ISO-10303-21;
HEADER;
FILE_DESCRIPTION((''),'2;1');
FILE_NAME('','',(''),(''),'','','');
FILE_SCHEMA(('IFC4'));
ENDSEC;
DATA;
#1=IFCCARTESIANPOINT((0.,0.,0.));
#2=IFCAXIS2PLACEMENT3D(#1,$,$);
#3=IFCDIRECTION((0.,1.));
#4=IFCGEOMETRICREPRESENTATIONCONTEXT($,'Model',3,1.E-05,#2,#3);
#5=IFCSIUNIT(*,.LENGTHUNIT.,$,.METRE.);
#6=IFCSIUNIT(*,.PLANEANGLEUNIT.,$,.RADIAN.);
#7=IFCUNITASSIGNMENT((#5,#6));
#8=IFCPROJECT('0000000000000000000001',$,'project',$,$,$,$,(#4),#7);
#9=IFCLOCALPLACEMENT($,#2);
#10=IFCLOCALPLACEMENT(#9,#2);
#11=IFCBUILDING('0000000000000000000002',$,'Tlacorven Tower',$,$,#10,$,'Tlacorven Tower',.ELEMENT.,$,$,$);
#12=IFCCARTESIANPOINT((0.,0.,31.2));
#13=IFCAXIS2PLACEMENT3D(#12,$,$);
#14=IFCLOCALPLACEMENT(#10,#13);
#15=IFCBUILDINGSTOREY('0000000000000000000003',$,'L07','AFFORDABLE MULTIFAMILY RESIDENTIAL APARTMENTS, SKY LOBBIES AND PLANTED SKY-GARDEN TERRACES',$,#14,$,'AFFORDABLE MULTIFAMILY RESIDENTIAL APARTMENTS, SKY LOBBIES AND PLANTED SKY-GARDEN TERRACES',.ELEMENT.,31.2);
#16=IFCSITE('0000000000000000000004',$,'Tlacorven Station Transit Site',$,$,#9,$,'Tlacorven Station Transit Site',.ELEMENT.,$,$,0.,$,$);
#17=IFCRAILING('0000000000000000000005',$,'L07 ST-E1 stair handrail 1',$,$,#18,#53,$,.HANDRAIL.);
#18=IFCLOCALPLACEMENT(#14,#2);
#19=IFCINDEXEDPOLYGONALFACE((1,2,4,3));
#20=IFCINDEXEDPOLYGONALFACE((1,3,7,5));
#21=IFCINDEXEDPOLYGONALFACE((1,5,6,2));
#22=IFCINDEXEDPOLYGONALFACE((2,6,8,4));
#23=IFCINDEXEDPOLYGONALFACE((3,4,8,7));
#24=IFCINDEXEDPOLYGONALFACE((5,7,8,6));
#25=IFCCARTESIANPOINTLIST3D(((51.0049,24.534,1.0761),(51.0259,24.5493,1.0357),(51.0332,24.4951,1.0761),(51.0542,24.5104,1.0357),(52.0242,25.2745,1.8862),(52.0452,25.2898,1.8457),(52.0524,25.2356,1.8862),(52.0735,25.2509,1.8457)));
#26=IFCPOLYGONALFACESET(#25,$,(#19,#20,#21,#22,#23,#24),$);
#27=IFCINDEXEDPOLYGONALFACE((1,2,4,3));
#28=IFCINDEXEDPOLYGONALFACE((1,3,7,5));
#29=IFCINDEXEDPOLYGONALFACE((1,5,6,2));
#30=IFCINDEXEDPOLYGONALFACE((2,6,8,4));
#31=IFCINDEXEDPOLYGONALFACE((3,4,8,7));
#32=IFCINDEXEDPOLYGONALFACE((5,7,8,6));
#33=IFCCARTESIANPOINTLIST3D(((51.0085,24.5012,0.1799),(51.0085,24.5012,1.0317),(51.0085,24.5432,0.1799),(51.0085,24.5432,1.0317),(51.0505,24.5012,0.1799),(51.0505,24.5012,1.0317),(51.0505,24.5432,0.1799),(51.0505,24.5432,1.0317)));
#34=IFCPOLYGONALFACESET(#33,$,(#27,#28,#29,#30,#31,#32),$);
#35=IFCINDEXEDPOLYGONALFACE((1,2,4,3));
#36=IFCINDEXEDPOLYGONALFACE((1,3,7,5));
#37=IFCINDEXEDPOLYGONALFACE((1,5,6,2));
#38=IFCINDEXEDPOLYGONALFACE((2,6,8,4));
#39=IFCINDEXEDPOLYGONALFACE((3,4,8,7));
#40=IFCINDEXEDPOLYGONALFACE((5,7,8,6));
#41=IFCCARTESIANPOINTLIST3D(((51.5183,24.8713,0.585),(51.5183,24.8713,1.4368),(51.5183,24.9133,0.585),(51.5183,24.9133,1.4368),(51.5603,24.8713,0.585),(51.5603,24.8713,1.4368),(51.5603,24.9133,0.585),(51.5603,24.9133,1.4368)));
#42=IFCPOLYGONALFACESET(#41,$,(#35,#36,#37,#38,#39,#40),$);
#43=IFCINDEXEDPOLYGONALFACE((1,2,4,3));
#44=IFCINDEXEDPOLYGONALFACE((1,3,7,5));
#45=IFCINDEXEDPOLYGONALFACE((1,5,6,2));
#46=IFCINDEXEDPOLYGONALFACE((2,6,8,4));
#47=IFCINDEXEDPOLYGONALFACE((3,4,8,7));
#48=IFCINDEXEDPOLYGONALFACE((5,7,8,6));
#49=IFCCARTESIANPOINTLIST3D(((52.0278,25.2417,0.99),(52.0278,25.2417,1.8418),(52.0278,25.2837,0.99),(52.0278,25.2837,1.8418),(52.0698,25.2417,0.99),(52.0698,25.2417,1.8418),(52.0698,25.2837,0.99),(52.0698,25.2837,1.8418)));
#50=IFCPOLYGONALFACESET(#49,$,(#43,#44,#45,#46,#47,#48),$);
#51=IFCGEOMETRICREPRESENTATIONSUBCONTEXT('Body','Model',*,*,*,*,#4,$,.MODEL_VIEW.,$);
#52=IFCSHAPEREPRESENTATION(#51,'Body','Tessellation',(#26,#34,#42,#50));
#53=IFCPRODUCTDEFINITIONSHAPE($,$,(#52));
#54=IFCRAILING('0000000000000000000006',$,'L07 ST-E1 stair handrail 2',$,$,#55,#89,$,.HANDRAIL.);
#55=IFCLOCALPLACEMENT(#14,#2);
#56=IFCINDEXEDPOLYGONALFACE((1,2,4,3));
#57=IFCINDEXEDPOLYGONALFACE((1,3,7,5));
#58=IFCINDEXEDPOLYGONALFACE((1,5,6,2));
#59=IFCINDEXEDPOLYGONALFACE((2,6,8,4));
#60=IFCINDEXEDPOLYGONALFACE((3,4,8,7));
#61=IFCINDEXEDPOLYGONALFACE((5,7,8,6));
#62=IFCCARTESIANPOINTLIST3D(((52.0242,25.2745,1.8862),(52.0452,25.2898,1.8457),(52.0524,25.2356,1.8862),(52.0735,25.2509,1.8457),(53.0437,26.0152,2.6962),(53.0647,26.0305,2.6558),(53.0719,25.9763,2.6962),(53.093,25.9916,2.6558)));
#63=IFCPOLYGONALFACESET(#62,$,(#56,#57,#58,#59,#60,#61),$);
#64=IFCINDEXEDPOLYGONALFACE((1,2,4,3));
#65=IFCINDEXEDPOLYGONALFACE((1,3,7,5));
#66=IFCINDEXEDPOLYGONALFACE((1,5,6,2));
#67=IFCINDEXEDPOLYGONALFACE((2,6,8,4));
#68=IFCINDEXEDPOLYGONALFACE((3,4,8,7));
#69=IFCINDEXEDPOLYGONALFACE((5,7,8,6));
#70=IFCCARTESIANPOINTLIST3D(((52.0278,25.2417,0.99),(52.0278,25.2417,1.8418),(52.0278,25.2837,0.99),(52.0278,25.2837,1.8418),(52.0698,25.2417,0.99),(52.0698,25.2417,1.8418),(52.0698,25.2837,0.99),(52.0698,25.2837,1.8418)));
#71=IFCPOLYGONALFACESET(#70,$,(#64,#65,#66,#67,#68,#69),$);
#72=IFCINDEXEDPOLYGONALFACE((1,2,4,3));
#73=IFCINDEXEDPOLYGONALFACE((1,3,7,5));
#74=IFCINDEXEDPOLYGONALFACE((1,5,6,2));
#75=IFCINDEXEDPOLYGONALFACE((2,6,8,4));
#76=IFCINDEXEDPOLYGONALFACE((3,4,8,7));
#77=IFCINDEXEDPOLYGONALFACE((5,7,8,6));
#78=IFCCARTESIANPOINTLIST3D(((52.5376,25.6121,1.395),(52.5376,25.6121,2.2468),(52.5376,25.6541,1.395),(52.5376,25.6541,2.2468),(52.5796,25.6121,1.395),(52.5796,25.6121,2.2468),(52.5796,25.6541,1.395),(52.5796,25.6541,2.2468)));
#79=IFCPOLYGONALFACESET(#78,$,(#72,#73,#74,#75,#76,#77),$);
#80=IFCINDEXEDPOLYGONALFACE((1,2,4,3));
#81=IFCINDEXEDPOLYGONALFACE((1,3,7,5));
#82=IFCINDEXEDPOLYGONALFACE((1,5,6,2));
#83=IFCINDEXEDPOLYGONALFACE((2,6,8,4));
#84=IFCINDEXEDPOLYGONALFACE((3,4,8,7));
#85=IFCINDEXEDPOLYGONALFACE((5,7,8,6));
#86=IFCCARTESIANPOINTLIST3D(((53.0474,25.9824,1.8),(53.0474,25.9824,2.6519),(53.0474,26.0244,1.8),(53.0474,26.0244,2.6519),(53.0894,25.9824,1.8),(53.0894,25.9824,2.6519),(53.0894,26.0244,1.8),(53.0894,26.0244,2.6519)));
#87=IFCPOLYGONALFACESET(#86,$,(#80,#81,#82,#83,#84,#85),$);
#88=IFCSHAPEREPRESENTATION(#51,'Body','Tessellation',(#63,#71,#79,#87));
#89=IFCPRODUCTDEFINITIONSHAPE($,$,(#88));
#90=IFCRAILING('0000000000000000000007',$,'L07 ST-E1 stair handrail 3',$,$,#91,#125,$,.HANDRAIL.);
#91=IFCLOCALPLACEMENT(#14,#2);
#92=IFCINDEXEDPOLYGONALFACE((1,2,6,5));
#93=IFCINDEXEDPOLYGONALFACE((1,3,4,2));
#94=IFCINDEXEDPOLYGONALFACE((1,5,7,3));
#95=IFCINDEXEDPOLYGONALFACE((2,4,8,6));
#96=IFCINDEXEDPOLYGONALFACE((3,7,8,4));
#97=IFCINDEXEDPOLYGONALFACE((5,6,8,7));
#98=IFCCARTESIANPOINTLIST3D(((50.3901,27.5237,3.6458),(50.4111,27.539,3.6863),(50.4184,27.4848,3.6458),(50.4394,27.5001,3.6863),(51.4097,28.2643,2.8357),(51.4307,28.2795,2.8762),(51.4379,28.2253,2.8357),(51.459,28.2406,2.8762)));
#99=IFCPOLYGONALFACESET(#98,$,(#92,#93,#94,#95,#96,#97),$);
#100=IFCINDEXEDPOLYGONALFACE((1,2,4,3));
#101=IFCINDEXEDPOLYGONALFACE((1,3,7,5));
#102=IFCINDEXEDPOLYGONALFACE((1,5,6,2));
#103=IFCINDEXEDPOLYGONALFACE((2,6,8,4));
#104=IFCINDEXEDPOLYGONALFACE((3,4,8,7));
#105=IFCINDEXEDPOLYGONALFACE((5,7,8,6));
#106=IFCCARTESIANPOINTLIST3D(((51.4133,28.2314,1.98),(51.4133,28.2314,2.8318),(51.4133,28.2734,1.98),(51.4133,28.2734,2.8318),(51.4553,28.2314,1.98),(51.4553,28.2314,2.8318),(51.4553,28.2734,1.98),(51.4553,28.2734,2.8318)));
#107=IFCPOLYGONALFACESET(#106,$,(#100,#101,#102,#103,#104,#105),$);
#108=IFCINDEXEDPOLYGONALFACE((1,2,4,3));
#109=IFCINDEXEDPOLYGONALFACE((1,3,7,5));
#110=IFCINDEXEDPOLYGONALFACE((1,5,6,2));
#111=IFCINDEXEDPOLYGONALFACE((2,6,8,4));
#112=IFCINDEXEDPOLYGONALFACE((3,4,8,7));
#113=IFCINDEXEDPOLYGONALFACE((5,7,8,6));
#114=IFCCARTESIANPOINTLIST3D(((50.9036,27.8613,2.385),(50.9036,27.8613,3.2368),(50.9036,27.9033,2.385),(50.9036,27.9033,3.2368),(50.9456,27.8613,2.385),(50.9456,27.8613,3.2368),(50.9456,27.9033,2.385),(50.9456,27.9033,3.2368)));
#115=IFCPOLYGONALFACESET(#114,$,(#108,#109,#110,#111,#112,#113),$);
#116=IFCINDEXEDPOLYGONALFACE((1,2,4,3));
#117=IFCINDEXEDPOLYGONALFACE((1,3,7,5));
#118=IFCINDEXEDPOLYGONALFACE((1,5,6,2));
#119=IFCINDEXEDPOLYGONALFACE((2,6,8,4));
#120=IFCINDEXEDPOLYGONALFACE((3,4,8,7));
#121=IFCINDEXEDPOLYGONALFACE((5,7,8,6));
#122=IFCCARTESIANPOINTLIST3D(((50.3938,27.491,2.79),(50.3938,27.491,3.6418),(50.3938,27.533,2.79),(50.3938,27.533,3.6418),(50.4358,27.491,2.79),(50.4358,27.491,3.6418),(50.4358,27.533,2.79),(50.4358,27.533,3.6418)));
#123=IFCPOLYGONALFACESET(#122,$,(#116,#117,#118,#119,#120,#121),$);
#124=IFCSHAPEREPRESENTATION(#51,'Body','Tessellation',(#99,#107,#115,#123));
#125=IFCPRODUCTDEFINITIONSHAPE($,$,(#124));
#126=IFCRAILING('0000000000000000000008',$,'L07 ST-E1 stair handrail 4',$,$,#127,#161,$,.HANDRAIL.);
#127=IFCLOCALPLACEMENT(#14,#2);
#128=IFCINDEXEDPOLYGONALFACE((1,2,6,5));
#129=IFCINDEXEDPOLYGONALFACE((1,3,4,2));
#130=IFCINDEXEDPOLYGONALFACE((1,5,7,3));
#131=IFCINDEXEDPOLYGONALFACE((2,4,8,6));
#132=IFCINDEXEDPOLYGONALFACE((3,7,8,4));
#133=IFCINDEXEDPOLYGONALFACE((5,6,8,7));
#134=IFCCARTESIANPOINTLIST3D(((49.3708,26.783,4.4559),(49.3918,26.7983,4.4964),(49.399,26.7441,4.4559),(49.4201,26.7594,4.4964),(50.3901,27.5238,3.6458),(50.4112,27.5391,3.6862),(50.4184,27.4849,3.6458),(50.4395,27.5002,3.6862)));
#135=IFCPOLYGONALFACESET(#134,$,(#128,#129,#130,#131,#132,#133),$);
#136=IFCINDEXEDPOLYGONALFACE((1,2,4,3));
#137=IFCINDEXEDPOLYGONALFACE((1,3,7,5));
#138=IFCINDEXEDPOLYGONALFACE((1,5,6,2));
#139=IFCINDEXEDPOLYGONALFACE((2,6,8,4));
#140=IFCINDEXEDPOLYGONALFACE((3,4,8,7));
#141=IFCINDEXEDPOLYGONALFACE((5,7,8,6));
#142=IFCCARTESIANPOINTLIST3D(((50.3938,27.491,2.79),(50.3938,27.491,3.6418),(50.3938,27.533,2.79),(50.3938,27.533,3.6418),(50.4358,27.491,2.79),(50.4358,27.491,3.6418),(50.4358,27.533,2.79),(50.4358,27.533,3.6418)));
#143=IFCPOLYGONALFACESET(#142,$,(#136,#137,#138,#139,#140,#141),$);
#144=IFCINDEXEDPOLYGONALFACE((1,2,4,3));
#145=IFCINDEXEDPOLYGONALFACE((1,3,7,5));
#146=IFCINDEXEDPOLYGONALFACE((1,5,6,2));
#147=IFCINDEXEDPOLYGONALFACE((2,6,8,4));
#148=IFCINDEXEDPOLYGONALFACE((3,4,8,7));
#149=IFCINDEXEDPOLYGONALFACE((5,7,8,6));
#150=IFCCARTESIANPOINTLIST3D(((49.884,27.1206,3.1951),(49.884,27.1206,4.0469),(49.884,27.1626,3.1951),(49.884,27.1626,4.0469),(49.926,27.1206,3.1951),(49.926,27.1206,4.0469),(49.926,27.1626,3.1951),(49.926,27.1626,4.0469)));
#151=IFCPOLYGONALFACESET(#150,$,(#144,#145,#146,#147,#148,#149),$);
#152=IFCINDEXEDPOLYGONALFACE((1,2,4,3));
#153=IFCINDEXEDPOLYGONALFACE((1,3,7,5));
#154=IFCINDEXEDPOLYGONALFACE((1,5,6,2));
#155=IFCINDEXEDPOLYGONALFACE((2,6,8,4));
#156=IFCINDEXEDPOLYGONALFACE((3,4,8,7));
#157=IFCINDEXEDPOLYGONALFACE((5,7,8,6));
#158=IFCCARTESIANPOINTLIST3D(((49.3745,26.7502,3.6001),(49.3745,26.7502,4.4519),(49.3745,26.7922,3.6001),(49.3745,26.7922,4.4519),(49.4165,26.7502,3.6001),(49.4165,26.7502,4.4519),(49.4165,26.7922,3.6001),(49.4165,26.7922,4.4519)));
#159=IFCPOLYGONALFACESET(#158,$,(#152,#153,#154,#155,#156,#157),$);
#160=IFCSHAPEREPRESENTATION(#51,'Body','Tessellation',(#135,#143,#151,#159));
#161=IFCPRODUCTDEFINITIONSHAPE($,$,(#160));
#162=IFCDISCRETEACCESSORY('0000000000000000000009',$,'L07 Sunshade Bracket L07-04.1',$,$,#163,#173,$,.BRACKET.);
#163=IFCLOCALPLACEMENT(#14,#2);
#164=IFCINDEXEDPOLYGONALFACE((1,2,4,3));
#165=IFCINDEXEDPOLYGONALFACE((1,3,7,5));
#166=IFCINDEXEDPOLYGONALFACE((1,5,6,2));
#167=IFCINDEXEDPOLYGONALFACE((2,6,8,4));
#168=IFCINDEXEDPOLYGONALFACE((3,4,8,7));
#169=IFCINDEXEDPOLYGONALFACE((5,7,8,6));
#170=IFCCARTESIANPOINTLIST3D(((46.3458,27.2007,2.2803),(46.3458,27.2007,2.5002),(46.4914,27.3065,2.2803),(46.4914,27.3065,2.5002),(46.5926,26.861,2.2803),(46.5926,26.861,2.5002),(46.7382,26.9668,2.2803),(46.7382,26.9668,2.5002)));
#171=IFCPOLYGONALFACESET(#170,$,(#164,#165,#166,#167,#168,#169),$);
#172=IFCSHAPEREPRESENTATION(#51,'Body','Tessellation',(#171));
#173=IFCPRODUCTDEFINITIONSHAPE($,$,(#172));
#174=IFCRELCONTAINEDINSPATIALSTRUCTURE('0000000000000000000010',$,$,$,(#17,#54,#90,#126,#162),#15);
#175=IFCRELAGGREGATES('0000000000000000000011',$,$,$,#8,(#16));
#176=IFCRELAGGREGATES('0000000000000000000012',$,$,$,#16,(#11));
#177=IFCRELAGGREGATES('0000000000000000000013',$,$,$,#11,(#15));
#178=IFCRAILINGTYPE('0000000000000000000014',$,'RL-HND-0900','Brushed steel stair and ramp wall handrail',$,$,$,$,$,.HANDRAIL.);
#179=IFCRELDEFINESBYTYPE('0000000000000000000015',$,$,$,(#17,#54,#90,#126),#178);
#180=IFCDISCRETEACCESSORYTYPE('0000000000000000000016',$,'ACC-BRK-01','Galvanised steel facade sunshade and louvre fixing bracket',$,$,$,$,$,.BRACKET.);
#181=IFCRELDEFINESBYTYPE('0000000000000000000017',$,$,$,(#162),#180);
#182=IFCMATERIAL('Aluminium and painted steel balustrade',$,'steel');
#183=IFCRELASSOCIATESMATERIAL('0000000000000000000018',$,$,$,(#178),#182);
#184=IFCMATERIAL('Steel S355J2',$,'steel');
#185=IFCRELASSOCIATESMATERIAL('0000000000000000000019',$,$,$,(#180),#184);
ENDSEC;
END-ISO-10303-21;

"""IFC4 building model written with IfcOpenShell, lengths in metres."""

from ifc_helpers import new_model, si_unit, direction, frame, origin, origin_2d, place, context, subcontext, project, spatial, rectangle, extrude, source, transform, mapped, material, type_object, element, save


model = new_model("IFC4")

# Units and contexts
model_context = context("Model", 3, precision=1e-05, world=origin(), true_north=direction((0.0, 1.0)))
body_context = subcontext(model_context, "Body", "Model", "MODEL_VIEW")
ifc_project = project(units=[si_unit("LENGTHUNIT", "METRE"), si_unit("PLANEANGLEUNIT", "RADIAN")], contexts=[model_context])

# Site, building, storey
site_placement = place(None, origin())
site = spatial("IfcSite", under=ifc_project, at=site_placement, Name="Tlacorven Station Transit Site", LongName="Tlacorven Station Transit Site", CompositionType="ELEMENT", RefElevation=0.0)
building_placement = place(site_placement, origin())
building = spatial("IfcBuilding", under=site, at=building_placement, Name="Tlacorven Tower", LongName="Tlacorven Tower", CompositionType="ELEMENT")
storey_placement = place(building_placement, frame((0.0, 0.0, 31.2)))
storey = spatial("IfcBuildingStorey", under=building, at=storey_placement, Name="L07", Description="AFFORDABLE MULTIFAMILY RESIDENTIAL APARTMENTS, SKY LOBBIES AND PLANTED SKY-GARDEN TERRACES", LongName="AFFORDABLE MULTIFAMILY RESIDENTIAL APARTMENTS, SKY LOBBIES AND PLANTED SKY-GARDEN TERRACES", CompositionType="ELEMENT", Elevation=31.2)

# Railings
ifc_material_1 = material(Name="Aluminium and painted steel balustrade", Category="steel")
railing_type_1 = type_object("IfcRailingType", Name="RL-HND-0900", Description="Brushed steel stair and ramp wall handrail", PredefinedType="HANDRAIL", material=ifc_material_1)
shared_shape_1 = source(origin(), body_context, "Body", "SweptSolid", [
    extrude(rectangle(XDim=0.0481, YDim=0.0481, at=origin_2d()), frame((0.0, 0.0, 0.876), z_axis=(0.680516, 0.494373, 0.540827), x_axis=(-0.587745, 0.809046, 0.0)), (0.0, 0.0, 1.0), 1.4978),
    extrude(rectangle(XDim=0.042, YDim=0.042, at=origin_2d()), origin(), (0.0, 0.0, 1.0), 0.8518),
    extrude(rectangle(XDim=0.042, YDim=0.042, at=origin_2d()), frame((0.5098, 0.3701, 0.405)), (0.0, 0.0, 1.0), 0.8518),
    extrude(rectangle(XDim=0.042, YDim=0.042, at=origin_2d()), frame((1.0193, 0.7405, 0.8101)), (0.0, 0.0, 1.0), 0.8518),
])
railing_1_placement = place(storey_placement, frame((51.0295, 24.5222, 0.1799)))
element("IfcRailing", 1, at=railing_1_placement, inside=storey, type_object=railing_type_1, Name="L07 ST-E1 stair handrail 1", PredefinedType="HANDRAIL", context=body_context, shape_type="MappedRepresentation", body=[
    mapped(shared_shape_1, transform((0.0, 0.0, 0.0), scale=1.0)),
])
shared_shape_2 = source(origin(), body_context, "Body", "SweptSolid", [
    extrude(rectangle(XDim=0.0481, YDim=0.0481, at=origin_2d()), frame((0.0, 0.0, 0.876), z_axis=(0.680549, 0.494441, 0.540723), x_axis=(-0.58778, 0.809021, 0.0)), (0.0, 0.0, 1.0), 1.498),
    extrude(rectangle(XDim=0.042, YDim=0.042, at=origin_2d()), origin(), (0.0, 0.0, 1.0), 0.8518),
    extrude(rectangle(XDim=0.042, YDim=0.042, at=origin_2d()), frame((0.5098, 0.3704, 0.405)), (0.0, 0.0, 1.0), 0.8518),
    extrude(rectangle(XDim=0.042, YDim=0.042, at=origin_2d()), frame((1.0195, 0.7407, 0.8101)), (0.0, 0.0, 1.0), 0.8518),
])
railing_2_placement = place(storey_placement, frame((52.0488, 25.2627, 0.99)))
element("IfcRailing", 2, at=railing_2_placement, inside=storey, type_object=railing_type_1, Name="L07 ST-E1 stair handrail 2", PredefinedType="HANDRAIL", context=body_context, shape_type="MappedRepresentation", body=[
    mapped(shared_shape_2, transform((0.0, 0.0, 0.0), scale=1.0)),
])
shared_shape_3 = source(origin(), body_context, "Body", "SweptSolid", [
    extrude(rectangle(XDim=0.0481, YDim=0.0481, at=origin_2d()), frame((0.0, 0.0, 0.876), z_axis=(-0.680604, -0.494318, 0.540767), x_axis=(0.587653, -0.809113, 0.0)), (0.0, 0.0, 1.0), 1.498),
    extrude(rectangle(XDim=0.042, YDim=0.042, at=origin_2d()), origin(), (0.0, 0.0, 1.0), 0.8518),
    extrude(rectangle(XDim=0.042, YDim=0.042, at=origin_2d()), frame((-0.5098, -0.3701, 0.405)), (0.0, 0.0, 1.0), 0.8518),
    extrude(rectangle(XDim=0.042, YDim=0.042, at=origin_2d()), frame((-1.0195, -0.7405, 0.8101)), (0.0, 0.0, 1.0), 0.8518),
])
railing_3_placement = place(storey_placement, frame((51.4343, 28.2524, 1.98)))
element("IfcRailing", 3, at=railing_3_placement, inside=storey, type_object=railing_type_1, Name="L07 ST-E1 stair handrail 3", PredefinedType="HANDRAIL", context=body_context, shape_type="MappedRepresentation", body=[
    mapped(shared_shape_3, transform((0.0, 0.0, 0.0), scale=1.0)),
])
shared_shape_4 = source(origin(), body_context, "Body", "SweptSolid", [
    extrude(rectangle(XDim=0.0481, YDim=0.0481, at=origin_2d()), frame((0.0, 0.0, 0.876), z_axis=(-0.680461, -0.494496, 0.540783), x_axis=(0.587872, -0.808954, 0.0)), (0.0, 0.0, 1.0), 1.498),
    extrude(rectangle(XDim=0.042, YDim=0.042, at=origin_2d()), origin(), (0.0, 0.0, 1.0), 0.8518),
    extrude(rectangle(XDim=0.042, YDim=0.042, at=origin_2d()), frame((-0.5098, -0.3704, 0.405)), (0.0, 0.0, 1.0), 0.8518),
    extrude(rectangle(XDim=0.042, YDim=0.042, at=origin_2d()), frame((-1.0193, -0.7407, 0.8101)), (0.0, 0.0, 1.0), 0.8518),
])
railing_4_placement = place(storey_placement, frame((50.4148, 27.512, 2.79)))
element("IfcRailing", 4, at=railing_4_placement, inside=storey, type_object=railing_type_1, Name="L07 ST-E1 stair handrail 4", PredefinedType="HANDRAIL", context=body_context, shape_type="MappedRepresentation", body=[
    mapped(shared_shape_4, transform((0.0, 0.0, 0.0), scale=1.0)),
])

# Discrete accessory
ifc_material_2 = material(Name="Steel S355J2", Category="steel")
discrete_accessory_type = type_object("IfcDiscreteAccessoryType", Name="ACC-BRK-01", Description="Galvanised steel facade sunshade and louvre fixing bracket", PredefinedType="BRACKET", material=ifc_material_2)
shared_shape_5 = source(origin(), body_context, "Body", "SweptSolid", [
    extrude(rectangle(XDim=0.1799, YDim=0.4199, at=origin_2d()), origin(), (0.0, 0.0, 1.0), 0.22),
])
discrete_accessory_placement = place(storey_placement, frame((46.542, 27.0837, 2.2803), z_axis=(0.0, 0.0, 1.0), x_axis=(0.809017, 0.587785, 0.0)))
element("IfcDiscreteAccessory", 5, at=discrete_accessory_placement, inside=storey, type_object=discrete_accessory_type, Name="L07 Sunshade Bracket L07-04.1", PredefinedType="BRACKET", context=body_context, shape_type="MappedRepresentation", body=[
    mapped(shared_shape_5, transform((0.0, 0.0, 0.0), scale=1.0)),
])

save(model, "model.ifc")
